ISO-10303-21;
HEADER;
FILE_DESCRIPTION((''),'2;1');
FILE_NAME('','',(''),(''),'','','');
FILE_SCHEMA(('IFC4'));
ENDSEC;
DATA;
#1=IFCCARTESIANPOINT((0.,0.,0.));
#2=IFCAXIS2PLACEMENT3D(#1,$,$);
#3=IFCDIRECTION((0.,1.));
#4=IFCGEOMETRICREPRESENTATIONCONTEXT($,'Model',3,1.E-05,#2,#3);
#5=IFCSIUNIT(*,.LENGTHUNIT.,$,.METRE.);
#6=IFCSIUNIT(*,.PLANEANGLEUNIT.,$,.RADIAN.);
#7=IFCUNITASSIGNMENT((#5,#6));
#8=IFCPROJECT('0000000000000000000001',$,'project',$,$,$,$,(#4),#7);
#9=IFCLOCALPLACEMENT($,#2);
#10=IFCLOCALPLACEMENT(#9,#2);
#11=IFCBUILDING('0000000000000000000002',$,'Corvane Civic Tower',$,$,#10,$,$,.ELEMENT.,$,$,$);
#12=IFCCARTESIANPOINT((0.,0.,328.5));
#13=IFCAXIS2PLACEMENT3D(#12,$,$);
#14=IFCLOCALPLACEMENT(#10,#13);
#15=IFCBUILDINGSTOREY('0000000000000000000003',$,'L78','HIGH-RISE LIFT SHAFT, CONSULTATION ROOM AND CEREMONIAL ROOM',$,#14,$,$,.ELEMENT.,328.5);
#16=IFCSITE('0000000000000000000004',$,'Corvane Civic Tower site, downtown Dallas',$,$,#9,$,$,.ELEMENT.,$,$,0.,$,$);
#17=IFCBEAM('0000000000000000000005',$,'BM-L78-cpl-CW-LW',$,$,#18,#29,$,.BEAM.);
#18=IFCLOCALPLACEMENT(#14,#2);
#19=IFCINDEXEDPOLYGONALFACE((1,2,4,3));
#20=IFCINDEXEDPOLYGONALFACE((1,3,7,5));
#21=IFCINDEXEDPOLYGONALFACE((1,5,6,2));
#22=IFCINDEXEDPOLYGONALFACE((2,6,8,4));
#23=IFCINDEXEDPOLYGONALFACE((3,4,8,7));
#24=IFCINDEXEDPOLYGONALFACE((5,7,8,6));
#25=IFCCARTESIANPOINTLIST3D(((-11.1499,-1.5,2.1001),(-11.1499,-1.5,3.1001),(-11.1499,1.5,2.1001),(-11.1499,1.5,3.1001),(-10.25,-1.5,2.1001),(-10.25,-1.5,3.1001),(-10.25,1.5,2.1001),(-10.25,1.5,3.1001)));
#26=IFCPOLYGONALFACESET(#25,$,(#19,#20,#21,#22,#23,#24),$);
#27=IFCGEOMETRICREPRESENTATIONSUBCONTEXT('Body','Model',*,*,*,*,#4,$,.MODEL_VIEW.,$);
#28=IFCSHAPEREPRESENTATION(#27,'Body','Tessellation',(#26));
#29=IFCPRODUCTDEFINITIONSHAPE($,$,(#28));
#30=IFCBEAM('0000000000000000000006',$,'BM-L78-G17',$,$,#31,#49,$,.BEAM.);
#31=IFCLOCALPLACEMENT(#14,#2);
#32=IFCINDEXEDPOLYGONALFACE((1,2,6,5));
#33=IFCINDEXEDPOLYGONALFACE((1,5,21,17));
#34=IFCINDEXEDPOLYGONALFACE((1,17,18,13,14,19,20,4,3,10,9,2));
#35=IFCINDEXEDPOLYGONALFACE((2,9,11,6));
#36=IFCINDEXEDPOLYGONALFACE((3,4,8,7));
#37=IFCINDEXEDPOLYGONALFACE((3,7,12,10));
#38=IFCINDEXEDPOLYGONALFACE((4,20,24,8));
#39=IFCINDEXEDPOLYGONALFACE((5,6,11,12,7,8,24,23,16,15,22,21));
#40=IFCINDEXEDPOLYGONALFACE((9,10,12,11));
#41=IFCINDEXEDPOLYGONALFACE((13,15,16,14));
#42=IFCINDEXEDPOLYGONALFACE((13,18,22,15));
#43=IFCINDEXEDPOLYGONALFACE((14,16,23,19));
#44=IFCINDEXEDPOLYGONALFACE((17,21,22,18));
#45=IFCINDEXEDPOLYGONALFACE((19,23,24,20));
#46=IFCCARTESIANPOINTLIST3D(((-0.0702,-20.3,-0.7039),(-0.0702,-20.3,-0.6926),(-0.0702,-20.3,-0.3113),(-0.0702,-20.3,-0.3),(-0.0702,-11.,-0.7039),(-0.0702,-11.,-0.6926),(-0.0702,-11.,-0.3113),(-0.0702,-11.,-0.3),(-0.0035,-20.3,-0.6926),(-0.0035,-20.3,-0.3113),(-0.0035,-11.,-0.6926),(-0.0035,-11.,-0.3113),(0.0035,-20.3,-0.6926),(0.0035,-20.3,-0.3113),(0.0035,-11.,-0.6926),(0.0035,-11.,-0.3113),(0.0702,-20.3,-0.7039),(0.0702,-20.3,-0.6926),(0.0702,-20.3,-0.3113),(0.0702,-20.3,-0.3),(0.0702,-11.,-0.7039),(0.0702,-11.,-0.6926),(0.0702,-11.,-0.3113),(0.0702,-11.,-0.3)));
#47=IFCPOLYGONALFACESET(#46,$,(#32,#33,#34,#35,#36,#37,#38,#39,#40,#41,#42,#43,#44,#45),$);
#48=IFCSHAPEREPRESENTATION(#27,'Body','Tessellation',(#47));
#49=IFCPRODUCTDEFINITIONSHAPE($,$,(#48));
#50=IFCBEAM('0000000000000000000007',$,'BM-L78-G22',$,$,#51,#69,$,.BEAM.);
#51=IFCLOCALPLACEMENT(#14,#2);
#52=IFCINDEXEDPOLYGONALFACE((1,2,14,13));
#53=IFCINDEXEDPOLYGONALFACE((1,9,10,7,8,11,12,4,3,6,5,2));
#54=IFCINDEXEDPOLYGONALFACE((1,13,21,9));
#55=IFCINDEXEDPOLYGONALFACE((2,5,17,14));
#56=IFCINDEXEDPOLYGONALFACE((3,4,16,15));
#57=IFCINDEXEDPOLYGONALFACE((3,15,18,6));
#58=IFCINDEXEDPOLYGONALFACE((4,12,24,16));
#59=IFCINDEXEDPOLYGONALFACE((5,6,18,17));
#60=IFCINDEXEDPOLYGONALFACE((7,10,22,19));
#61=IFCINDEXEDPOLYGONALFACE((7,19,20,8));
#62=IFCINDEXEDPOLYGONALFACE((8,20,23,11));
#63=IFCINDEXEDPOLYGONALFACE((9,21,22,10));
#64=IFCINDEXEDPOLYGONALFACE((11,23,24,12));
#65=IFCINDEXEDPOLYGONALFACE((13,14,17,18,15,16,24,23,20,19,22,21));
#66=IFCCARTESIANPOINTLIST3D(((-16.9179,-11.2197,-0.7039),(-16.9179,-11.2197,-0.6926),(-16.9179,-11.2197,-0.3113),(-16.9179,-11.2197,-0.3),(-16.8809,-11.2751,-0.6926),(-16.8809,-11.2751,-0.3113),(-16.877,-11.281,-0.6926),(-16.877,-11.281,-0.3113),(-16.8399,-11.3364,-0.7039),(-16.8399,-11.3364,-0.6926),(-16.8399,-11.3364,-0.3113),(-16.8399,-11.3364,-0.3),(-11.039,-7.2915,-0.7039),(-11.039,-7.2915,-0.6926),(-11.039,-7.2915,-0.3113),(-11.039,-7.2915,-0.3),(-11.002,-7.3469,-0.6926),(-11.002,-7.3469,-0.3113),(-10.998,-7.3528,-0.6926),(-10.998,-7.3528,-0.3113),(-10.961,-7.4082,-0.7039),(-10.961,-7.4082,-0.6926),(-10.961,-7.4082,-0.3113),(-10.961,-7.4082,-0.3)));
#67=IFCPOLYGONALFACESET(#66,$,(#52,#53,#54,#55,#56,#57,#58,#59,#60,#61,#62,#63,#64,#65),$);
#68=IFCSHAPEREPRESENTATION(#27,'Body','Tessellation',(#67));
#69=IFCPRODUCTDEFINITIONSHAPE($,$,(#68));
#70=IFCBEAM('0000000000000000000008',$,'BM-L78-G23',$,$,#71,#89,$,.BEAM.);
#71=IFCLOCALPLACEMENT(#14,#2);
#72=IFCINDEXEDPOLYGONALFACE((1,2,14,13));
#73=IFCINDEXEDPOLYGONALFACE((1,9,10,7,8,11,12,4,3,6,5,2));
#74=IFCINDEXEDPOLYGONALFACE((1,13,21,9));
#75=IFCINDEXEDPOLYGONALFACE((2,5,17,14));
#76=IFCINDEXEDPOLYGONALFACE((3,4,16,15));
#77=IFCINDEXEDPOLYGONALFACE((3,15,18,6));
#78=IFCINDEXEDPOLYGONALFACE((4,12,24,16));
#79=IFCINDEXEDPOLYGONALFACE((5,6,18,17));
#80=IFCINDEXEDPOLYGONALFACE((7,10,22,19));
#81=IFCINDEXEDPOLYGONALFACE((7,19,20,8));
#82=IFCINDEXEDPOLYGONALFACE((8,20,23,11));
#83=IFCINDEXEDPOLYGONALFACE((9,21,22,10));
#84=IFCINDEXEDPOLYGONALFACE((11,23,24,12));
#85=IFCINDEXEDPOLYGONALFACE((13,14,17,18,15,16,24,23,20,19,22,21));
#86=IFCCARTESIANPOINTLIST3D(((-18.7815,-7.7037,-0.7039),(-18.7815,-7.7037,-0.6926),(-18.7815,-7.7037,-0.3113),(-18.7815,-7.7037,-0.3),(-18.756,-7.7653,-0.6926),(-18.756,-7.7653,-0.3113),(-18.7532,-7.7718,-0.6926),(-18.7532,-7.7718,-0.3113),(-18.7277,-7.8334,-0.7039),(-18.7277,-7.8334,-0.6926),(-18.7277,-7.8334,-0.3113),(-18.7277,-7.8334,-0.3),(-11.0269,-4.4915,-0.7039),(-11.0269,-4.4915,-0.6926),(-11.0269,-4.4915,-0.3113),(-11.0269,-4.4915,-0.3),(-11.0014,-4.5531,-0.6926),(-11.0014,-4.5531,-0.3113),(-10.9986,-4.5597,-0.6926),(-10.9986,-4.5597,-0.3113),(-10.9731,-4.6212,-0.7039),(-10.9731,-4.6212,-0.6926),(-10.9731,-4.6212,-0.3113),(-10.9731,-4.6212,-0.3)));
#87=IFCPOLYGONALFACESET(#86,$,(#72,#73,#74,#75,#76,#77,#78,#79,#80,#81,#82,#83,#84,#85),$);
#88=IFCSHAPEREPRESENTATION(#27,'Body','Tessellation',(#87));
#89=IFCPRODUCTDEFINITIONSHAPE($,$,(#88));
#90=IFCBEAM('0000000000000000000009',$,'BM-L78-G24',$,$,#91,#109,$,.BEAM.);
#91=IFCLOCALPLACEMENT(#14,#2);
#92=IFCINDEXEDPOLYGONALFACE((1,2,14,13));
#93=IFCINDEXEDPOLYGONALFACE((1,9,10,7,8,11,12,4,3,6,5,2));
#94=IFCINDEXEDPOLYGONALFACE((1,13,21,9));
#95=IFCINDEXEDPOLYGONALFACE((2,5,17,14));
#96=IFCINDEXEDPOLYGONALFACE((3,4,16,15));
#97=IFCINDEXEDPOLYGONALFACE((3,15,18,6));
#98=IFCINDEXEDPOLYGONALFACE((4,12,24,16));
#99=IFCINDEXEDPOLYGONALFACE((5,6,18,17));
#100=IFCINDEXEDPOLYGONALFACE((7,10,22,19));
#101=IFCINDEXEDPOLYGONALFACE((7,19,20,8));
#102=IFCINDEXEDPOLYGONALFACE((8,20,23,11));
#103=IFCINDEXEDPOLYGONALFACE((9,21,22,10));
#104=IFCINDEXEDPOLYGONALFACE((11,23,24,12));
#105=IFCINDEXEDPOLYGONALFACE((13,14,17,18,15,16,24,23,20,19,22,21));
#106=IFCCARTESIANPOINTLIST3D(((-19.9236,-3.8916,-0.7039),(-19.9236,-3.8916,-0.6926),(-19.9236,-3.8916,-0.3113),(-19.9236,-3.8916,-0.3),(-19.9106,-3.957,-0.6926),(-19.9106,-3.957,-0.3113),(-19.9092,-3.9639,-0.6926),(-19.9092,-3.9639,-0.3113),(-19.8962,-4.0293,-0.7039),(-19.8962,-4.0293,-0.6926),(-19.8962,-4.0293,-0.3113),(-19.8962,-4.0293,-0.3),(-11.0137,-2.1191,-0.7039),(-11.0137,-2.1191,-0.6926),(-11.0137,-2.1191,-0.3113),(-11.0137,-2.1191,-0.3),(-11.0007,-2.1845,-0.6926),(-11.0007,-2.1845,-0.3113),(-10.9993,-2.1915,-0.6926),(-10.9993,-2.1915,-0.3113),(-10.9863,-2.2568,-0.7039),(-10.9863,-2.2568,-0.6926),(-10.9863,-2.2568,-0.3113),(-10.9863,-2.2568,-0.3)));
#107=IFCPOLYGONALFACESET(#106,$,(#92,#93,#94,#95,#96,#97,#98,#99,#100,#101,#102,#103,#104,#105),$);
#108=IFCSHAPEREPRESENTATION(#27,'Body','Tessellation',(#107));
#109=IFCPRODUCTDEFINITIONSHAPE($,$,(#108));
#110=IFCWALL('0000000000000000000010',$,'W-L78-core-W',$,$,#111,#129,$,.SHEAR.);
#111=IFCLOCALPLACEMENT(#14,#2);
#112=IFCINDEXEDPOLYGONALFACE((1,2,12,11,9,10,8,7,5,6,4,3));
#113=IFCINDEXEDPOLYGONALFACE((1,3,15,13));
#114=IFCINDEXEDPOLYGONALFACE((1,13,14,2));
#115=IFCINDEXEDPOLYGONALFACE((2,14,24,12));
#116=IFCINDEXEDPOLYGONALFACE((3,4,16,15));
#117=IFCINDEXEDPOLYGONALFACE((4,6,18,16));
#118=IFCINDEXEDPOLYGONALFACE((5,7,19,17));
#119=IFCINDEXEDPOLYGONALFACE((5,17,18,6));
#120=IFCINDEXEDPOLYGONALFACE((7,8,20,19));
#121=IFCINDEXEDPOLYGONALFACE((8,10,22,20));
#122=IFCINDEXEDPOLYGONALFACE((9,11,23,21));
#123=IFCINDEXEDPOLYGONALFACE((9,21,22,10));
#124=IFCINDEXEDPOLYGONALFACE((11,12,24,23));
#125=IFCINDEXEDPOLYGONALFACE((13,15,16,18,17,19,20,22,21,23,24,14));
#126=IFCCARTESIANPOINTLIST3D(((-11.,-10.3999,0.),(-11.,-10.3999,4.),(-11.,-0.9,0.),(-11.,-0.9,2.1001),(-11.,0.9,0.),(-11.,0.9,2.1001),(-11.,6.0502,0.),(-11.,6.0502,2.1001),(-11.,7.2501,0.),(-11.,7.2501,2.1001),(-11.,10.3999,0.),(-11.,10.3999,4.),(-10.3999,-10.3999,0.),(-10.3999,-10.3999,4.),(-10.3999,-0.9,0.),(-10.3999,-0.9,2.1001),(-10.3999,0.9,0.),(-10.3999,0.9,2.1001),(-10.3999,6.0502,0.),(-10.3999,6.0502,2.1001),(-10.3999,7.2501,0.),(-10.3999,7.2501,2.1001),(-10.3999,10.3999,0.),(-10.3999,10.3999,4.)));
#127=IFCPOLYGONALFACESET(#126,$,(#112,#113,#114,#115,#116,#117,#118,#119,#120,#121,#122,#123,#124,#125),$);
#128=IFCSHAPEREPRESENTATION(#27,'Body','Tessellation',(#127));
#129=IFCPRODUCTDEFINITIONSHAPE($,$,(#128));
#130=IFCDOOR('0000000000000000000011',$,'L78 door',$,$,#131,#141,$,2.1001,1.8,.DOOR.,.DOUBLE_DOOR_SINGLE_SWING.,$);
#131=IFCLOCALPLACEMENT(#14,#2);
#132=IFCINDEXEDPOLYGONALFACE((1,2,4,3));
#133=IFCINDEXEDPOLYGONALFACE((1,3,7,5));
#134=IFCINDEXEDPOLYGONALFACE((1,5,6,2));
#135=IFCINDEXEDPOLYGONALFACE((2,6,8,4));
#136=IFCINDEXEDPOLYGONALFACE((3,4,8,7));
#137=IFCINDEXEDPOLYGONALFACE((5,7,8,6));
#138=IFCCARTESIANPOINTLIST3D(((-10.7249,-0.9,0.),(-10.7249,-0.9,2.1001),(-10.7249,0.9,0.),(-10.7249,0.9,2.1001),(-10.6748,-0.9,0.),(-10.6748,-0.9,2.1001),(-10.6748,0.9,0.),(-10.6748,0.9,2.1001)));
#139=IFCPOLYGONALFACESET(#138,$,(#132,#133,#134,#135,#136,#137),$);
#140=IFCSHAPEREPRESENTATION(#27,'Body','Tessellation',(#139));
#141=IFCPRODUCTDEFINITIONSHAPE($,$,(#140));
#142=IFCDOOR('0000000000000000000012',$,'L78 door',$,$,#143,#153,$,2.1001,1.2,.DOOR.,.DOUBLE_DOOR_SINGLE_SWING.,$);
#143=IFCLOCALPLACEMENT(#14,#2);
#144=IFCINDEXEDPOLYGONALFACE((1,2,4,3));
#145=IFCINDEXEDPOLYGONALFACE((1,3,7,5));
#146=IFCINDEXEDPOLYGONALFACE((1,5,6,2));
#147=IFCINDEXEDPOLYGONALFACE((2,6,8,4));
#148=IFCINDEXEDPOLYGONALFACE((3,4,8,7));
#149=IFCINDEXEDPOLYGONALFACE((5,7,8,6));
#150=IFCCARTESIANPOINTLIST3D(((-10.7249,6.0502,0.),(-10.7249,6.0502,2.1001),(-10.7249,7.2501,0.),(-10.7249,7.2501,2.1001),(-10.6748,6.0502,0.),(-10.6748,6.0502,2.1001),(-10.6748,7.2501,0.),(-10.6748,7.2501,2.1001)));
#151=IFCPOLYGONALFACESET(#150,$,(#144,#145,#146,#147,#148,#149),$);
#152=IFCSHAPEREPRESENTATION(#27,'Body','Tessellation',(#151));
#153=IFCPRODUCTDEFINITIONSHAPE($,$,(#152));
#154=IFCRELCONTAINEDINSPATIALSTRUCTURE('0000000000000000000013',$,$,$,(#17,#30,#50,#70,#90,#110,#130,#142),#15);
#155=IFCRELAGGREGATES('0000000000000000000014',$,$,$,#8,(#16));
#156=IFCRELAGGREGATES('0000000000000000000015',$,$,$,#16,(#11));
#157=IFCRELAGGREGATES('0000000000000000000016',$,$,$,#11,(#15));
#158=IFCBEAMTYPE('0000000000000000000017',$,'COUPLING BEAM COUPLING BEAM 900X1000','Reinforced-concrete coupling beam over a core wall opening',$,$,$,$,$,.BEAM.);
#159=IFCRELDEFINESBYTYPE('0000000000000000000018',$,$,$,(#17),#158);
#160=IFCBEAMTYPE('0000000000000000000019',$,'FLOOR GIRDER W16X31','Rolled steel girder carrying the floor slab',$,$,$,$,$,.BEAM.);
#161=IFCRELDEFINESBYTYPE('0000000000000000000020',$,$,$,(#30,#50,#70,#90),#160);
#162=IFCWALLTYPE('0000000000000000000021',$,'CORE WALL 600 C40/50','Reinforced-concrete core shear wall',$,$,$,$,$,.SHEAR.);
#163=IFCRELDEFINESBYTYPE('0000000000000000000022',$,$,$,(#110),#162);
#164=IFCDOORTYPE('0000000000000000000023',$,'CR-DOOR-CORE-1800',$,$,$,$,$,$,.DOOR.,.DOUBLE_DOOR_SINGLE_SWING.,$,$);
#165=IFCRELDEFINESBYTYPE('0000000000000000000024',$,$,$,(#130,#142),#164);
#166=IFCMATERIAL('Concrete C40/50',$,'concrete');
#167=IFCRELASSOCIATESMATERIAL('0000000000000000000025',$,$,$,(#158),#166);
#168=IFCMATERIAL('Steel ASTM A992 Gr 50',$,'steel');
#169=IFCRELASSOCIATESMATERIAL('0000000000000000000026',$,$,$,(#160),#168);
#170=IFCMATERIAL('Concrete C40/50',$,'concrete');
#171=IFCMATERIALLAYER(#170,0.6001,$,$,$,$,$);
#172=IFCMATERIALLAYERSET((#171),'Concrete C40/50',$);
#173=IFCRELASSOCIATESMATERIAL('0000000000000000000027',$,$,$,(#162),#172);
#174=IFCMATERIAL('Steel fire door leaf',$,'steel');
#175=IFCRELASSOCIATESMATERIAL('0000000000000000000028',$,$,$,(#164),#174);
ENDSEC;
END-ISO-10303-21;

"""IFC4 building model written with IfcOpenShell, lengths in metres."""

from ifc_helpers import new_model, si_unit, direction, frame, frame_2d, origin, origin_2d, place, context, subcontext, project, spatial, rectangle, i_section, extrude, material, layer, layer_set, material_profile, profile_set, type_object, element, fill, save


model = new_model("IFC4")

# Units and contexts
model_context = context("Model", 3, precision=1e-05, world=origin(), true_north=direction((0.0, 1.0)))
body_context = subcontext(model_context, "Body", "Model", "MODEL_VIEW")
ifc_project = project(units=[si_unit("LENGTHUNIT", "METRE"), si_unit("PLANEANGLEUNIT", "RADIAN")], contexts=[model_context])

# Site, building, storey
site_placement = place(None, origin())
site = spatial("IfcSite", under=ifc_project, at=site_placement, Name="Corvane Civic Tower site, downtown Dallas", CompositionType="ELEMENT", RefElevation=0.0)
building_placement = place(site_placement, origin())
building = spatial("IfcBuilding", under=site, at=building_placement, Name="Corvane Civic Tower", CompositionType="ELEMENT")
storey_placement = place(building_placement, frame((0.0, 0.0, 328.5)))
storey = spatial("IfcBuildingStorey", under=building, at=storey_placement, Name="L78", Description="HIGH-RISE LIFT SHAFT, CONSULTATION ROOM AND CEREMONIAL ROOM", CompositionType="ELEMENT", Elevation=328.5)

# Beams
ifc_material_1 = material(Name="Concrete C40/50", Category="concrete")
ifc_material_profile_1 = material_profile(ifc_material_1, rectangle(XDim=0.8999, YDim=1.0, at=origin_2d()), Name="COUPLING BEAM 900X1000")
ifc_profile_set_1 = profile_set([ifc_material_profile_1], Name="Concrete C40/50")
beam_type_1 = type_object("IfcBeamType", Name="COUPLING BEAM COUPLING BEAM 900X1000", Description="Reinforced-concrete coupling beam over a core wall opening", PredefinedType="BEAM", material=ifc_profile_set_1)
beam_1_placement = place(storey_placement, frame((-10.7, -1.5, 2.6001), z_axis=(0.0, 1.0, 0.0), x_axis=(-1.0, 0.0, 0.0)))
element("IfcBeam", 1, at=beam_1_placement, inside=storey, type_object=beam_type_1, Name="BM-L78-cpl-CW-LW", PredefinedType="BEAM", context=body_context, shape_type="SweptSolid", body=[
    extrude(rectangle(XDim=0.8999, YDim=1.0, at=origin_2d()), origin(), (0.0, 0.0, 1.0), 3.0),
])
ifc_material_2 = material(Name="Steel ASTM A992 Gr 50", Category="steel")
ifc_material_profile_2 = material_profile(ifc_material_2, i_section(OverallWidth=0.1404, OverallDepth=0.4038, WebThickness=0.0071, FlangeThickness=0.0112, at=origin_2d()), Name="W16X31")
ifc_profile_set_2 = profile_set([ifc_material_profile_2], Name="Steel ASTM A992 Gr 50")
beam_type_2 = type_object("IfcBeamType", Name="FLOOR GIRDER W16X31", Description="Rolled steel girder carrying the floor slab", PredefinedType="BEAM", material=ifc_profile_set_2)
beam_2_placement = place(storey_placement, frame((0.0, -11.0, -0.502), z_axis=(0.0, -1.0, 0.0), x_axis=(1.0, 0.0, 0.0)))
element("IfcBeam", 2, at=beam_2_placement, inside=storey, type_object=beam_type_2, Name="BM-L78-G17", PredefinedType="BEAM", context=body_context, shape_type="SweptSolid", body=[
    extrude(i_section(OverallWidth=0.1404, OverallDepth=0.4038, WebThickness=0.0071, FlangeThickness=0.0112, at=origin_2d()), origin(), (0.0, 0.0, 1.0), 9.3),
])
beam_3_placement = place(storey_placement, frame((-11.0, -7.3499, -0.502), z_axis=(-0.831465, -0.555576, 0.0), x_axis=(0.555576, -0.831465, 0.0)))
element("IfcBeam", 3, at=beam_3_placement, inside=storey, type_object=beam_type_2, Name="BM-L78-G22", PredefinedType="BEAM", context=body_context, shape_type="SweptSolid", body=[
    extrude(i_section(OverallWidth=0.1404, OverallDepth=0.4038, WebThickness=0.0071, FlangeThickness=0.0112, at=origin_2d()), origin(), (0.0, 0.0, 1.0), 7.0706),
])
beam_4_placement = place(storey_placement, frame((-11.0, -4.5564, -0.502), z_axis=(-0.923876, -0.382692, 0.0), x_axis=(0.382692, -0.923876, 0.0)))
element("IfcBeam", 4, at=beam_4_placement, inside=storey, type_object=beam_type_2, Name="BM-L78-G23", PredefinedType="BEAM", context=body_context, shape_type="SweptSolid", body=[
    extrude(i_section(OverallWidth=0.1404, OverallDepth=0.4038, WebThickness=0.0071, FlangeThickness=0.0112, at=origin_2d()), origin(), (0.0, 0.0, 1.0), 8.3936),
])
beam_5_placement = place(storey_placement, frame((-11.0, -2.188, -0.502), z_axis=(-0.980782, -0.195108, 0.0), x_axis=(0.195108, -0.980782, 0.0)))
element("IfcBeam", 5, at=beam_5_placement, inside=storey, type_object=beam_type_2, Name="BM-L78-G24", PredefinedType="BEAM", context=body_context, shape_type="SweptSolid", body=[
    extrude(i_section(OverallWidth=0.1404, OverallDepth=0.4038, WebThickness=0.0071, FlangeThickness=0.0112, at=origin_2d()), origin(), (0.0, 0.0, 1.0), 9.0845),
])

# Wall, openings, doors
ifc_material_3 = material(Name="Concrete C40/50", Category="concrete")
ifc_layer_1 = layer(ifc_material_3, 0.6001)
ifc_layer_set_1 = layer_set([ifc_layer_1], Name="Concrete C40/50")
wall_type_1 = type_object("IfcWallType", Name="CORE WALL 600 C40/50", Description="Reinforced-concrete core shear wall", PredefinedType="SHEAR", material=ifc_layer_set_1)
wall_1_placement = place(storey_placement, frame((-10.7, -10.3999, 0.0), z_axis=(0.0, 0.0, 1.0), x_axis=(0.0, 1.0, 0.0)))
wall_1 = element("IfcWall", 6, at=wall_1_placement, inside=storey, type_object=wall_type_1, Name="W-L78-core-W", PredefinedType="SHEAR", context=body_context, shape_type="SweptSolid", body=[
    extrude(rectangle(XDim=20.7998, YDim=0.6001, at=frame_2d((10.3999, 0.0))), origin(), (0.0, 0.0, 1.0), 4.0),
])
opening_1_placement = place(wall_1_placement, frame((9.5, 0.0, 0.0)))
opening_1 = element("IfcOpeningElement", 7, at=opening_1_placement, cuts=wall_1, PredefinedType="OPENING", context=body_context, shape_type="SweptSolid", body=[
    extrude(rectangle(XDim=1.8, YDim=2.1001, at=frame_2d((0.8999, 1.05))), frame((0.0, 0.3101, 0.0), z_axis=(0.0, -1.0, 0.0), x_axis=(1.0, 0.0, 0.0)), (0.0, 0.0, 1.0), 0.6201),
])
opening_2_placement = place(wall_1_placement, frame((16.45, 0.0, 0.0)))
opening_2 = element("IfcOpeningElement", 8, at=opening_2_placement, cuts=wall_1, PredefinedType="OPENING", context=body_context, shape_type="SweptSolid", body=[
    extrude(rectangle(XDim=1.2, YDim=2.1001, at=frame_2d((0.6001, 1.05))), frame((0.0, 0.3101, 0.0), z_axis=(0.0, -1.0, 0.0), x_axis=(1.0, 0.0, 0.0)), (0.0, 0.0, 1.0), 0.6201),
])
ifc_material_4 = material(Name="Steel fire door leaf", Category="steel")
door_type_1 = type_object("IfcDoorType", Name="CR-DOOR-CORE-1800", OperationType="DOUBLE_DOOR_SINGLE_SWING", PredefinedType="DOOR", material=ifc_material_4)
door_1_placement = place(opening_1_placement, origin())
door_1 = element("IfcDoor", 9, at=door_1_placement, inside=storey, type_object=door_type_1, Name="L78 door", OperationType="DOUBLE_DOOR_SINGLE_SWING", OverallHeight=2.1001, OverallWidth=1.8, PredefinedType="DOOR", context=body_context, shape_type="SweptSolid", body=[
    extrude(rectangle(XDim=1.8, YDim=2.1001, at=frame_2d((0.8999, 1.05))), frame((0.0, 0.0249, 0.0), z_axis=(0.0, -1.0, 0.0), x_axis=(1.0, 0.0, 0.0)), (0.0, 0.0, 1.0), 0.05),
])
fill(opening_1, door_1)
door_2_placement = place(opening_2_placement, origin())
door_2 = element("IfcDoor", 10, at=door_2_placement, inside=storey, type_object=door_type_1, Name="L78 door", OperationType="DOUBLE_DOOR_SINGLE_SWING", OverallHeight=2.1001, OverallWidth=1.2, PredefinedType="DOOR", context=body_context, shape_type="SweptSolid", body=[
    extrude(rectangle(XDim=1.2, YDim=2.1001, at=frame_2d((0.6001, 1.05))), frame((0.0, 0.0249, 0.0), z_axis=(0.0, -1.0, 0.0), x_axis=(1.0, 0.0, 0.0)), (0.0, 0.0, 1.0), 0.05),
])
fill(opening_2, door_2)

save(model, "model.ifc")
